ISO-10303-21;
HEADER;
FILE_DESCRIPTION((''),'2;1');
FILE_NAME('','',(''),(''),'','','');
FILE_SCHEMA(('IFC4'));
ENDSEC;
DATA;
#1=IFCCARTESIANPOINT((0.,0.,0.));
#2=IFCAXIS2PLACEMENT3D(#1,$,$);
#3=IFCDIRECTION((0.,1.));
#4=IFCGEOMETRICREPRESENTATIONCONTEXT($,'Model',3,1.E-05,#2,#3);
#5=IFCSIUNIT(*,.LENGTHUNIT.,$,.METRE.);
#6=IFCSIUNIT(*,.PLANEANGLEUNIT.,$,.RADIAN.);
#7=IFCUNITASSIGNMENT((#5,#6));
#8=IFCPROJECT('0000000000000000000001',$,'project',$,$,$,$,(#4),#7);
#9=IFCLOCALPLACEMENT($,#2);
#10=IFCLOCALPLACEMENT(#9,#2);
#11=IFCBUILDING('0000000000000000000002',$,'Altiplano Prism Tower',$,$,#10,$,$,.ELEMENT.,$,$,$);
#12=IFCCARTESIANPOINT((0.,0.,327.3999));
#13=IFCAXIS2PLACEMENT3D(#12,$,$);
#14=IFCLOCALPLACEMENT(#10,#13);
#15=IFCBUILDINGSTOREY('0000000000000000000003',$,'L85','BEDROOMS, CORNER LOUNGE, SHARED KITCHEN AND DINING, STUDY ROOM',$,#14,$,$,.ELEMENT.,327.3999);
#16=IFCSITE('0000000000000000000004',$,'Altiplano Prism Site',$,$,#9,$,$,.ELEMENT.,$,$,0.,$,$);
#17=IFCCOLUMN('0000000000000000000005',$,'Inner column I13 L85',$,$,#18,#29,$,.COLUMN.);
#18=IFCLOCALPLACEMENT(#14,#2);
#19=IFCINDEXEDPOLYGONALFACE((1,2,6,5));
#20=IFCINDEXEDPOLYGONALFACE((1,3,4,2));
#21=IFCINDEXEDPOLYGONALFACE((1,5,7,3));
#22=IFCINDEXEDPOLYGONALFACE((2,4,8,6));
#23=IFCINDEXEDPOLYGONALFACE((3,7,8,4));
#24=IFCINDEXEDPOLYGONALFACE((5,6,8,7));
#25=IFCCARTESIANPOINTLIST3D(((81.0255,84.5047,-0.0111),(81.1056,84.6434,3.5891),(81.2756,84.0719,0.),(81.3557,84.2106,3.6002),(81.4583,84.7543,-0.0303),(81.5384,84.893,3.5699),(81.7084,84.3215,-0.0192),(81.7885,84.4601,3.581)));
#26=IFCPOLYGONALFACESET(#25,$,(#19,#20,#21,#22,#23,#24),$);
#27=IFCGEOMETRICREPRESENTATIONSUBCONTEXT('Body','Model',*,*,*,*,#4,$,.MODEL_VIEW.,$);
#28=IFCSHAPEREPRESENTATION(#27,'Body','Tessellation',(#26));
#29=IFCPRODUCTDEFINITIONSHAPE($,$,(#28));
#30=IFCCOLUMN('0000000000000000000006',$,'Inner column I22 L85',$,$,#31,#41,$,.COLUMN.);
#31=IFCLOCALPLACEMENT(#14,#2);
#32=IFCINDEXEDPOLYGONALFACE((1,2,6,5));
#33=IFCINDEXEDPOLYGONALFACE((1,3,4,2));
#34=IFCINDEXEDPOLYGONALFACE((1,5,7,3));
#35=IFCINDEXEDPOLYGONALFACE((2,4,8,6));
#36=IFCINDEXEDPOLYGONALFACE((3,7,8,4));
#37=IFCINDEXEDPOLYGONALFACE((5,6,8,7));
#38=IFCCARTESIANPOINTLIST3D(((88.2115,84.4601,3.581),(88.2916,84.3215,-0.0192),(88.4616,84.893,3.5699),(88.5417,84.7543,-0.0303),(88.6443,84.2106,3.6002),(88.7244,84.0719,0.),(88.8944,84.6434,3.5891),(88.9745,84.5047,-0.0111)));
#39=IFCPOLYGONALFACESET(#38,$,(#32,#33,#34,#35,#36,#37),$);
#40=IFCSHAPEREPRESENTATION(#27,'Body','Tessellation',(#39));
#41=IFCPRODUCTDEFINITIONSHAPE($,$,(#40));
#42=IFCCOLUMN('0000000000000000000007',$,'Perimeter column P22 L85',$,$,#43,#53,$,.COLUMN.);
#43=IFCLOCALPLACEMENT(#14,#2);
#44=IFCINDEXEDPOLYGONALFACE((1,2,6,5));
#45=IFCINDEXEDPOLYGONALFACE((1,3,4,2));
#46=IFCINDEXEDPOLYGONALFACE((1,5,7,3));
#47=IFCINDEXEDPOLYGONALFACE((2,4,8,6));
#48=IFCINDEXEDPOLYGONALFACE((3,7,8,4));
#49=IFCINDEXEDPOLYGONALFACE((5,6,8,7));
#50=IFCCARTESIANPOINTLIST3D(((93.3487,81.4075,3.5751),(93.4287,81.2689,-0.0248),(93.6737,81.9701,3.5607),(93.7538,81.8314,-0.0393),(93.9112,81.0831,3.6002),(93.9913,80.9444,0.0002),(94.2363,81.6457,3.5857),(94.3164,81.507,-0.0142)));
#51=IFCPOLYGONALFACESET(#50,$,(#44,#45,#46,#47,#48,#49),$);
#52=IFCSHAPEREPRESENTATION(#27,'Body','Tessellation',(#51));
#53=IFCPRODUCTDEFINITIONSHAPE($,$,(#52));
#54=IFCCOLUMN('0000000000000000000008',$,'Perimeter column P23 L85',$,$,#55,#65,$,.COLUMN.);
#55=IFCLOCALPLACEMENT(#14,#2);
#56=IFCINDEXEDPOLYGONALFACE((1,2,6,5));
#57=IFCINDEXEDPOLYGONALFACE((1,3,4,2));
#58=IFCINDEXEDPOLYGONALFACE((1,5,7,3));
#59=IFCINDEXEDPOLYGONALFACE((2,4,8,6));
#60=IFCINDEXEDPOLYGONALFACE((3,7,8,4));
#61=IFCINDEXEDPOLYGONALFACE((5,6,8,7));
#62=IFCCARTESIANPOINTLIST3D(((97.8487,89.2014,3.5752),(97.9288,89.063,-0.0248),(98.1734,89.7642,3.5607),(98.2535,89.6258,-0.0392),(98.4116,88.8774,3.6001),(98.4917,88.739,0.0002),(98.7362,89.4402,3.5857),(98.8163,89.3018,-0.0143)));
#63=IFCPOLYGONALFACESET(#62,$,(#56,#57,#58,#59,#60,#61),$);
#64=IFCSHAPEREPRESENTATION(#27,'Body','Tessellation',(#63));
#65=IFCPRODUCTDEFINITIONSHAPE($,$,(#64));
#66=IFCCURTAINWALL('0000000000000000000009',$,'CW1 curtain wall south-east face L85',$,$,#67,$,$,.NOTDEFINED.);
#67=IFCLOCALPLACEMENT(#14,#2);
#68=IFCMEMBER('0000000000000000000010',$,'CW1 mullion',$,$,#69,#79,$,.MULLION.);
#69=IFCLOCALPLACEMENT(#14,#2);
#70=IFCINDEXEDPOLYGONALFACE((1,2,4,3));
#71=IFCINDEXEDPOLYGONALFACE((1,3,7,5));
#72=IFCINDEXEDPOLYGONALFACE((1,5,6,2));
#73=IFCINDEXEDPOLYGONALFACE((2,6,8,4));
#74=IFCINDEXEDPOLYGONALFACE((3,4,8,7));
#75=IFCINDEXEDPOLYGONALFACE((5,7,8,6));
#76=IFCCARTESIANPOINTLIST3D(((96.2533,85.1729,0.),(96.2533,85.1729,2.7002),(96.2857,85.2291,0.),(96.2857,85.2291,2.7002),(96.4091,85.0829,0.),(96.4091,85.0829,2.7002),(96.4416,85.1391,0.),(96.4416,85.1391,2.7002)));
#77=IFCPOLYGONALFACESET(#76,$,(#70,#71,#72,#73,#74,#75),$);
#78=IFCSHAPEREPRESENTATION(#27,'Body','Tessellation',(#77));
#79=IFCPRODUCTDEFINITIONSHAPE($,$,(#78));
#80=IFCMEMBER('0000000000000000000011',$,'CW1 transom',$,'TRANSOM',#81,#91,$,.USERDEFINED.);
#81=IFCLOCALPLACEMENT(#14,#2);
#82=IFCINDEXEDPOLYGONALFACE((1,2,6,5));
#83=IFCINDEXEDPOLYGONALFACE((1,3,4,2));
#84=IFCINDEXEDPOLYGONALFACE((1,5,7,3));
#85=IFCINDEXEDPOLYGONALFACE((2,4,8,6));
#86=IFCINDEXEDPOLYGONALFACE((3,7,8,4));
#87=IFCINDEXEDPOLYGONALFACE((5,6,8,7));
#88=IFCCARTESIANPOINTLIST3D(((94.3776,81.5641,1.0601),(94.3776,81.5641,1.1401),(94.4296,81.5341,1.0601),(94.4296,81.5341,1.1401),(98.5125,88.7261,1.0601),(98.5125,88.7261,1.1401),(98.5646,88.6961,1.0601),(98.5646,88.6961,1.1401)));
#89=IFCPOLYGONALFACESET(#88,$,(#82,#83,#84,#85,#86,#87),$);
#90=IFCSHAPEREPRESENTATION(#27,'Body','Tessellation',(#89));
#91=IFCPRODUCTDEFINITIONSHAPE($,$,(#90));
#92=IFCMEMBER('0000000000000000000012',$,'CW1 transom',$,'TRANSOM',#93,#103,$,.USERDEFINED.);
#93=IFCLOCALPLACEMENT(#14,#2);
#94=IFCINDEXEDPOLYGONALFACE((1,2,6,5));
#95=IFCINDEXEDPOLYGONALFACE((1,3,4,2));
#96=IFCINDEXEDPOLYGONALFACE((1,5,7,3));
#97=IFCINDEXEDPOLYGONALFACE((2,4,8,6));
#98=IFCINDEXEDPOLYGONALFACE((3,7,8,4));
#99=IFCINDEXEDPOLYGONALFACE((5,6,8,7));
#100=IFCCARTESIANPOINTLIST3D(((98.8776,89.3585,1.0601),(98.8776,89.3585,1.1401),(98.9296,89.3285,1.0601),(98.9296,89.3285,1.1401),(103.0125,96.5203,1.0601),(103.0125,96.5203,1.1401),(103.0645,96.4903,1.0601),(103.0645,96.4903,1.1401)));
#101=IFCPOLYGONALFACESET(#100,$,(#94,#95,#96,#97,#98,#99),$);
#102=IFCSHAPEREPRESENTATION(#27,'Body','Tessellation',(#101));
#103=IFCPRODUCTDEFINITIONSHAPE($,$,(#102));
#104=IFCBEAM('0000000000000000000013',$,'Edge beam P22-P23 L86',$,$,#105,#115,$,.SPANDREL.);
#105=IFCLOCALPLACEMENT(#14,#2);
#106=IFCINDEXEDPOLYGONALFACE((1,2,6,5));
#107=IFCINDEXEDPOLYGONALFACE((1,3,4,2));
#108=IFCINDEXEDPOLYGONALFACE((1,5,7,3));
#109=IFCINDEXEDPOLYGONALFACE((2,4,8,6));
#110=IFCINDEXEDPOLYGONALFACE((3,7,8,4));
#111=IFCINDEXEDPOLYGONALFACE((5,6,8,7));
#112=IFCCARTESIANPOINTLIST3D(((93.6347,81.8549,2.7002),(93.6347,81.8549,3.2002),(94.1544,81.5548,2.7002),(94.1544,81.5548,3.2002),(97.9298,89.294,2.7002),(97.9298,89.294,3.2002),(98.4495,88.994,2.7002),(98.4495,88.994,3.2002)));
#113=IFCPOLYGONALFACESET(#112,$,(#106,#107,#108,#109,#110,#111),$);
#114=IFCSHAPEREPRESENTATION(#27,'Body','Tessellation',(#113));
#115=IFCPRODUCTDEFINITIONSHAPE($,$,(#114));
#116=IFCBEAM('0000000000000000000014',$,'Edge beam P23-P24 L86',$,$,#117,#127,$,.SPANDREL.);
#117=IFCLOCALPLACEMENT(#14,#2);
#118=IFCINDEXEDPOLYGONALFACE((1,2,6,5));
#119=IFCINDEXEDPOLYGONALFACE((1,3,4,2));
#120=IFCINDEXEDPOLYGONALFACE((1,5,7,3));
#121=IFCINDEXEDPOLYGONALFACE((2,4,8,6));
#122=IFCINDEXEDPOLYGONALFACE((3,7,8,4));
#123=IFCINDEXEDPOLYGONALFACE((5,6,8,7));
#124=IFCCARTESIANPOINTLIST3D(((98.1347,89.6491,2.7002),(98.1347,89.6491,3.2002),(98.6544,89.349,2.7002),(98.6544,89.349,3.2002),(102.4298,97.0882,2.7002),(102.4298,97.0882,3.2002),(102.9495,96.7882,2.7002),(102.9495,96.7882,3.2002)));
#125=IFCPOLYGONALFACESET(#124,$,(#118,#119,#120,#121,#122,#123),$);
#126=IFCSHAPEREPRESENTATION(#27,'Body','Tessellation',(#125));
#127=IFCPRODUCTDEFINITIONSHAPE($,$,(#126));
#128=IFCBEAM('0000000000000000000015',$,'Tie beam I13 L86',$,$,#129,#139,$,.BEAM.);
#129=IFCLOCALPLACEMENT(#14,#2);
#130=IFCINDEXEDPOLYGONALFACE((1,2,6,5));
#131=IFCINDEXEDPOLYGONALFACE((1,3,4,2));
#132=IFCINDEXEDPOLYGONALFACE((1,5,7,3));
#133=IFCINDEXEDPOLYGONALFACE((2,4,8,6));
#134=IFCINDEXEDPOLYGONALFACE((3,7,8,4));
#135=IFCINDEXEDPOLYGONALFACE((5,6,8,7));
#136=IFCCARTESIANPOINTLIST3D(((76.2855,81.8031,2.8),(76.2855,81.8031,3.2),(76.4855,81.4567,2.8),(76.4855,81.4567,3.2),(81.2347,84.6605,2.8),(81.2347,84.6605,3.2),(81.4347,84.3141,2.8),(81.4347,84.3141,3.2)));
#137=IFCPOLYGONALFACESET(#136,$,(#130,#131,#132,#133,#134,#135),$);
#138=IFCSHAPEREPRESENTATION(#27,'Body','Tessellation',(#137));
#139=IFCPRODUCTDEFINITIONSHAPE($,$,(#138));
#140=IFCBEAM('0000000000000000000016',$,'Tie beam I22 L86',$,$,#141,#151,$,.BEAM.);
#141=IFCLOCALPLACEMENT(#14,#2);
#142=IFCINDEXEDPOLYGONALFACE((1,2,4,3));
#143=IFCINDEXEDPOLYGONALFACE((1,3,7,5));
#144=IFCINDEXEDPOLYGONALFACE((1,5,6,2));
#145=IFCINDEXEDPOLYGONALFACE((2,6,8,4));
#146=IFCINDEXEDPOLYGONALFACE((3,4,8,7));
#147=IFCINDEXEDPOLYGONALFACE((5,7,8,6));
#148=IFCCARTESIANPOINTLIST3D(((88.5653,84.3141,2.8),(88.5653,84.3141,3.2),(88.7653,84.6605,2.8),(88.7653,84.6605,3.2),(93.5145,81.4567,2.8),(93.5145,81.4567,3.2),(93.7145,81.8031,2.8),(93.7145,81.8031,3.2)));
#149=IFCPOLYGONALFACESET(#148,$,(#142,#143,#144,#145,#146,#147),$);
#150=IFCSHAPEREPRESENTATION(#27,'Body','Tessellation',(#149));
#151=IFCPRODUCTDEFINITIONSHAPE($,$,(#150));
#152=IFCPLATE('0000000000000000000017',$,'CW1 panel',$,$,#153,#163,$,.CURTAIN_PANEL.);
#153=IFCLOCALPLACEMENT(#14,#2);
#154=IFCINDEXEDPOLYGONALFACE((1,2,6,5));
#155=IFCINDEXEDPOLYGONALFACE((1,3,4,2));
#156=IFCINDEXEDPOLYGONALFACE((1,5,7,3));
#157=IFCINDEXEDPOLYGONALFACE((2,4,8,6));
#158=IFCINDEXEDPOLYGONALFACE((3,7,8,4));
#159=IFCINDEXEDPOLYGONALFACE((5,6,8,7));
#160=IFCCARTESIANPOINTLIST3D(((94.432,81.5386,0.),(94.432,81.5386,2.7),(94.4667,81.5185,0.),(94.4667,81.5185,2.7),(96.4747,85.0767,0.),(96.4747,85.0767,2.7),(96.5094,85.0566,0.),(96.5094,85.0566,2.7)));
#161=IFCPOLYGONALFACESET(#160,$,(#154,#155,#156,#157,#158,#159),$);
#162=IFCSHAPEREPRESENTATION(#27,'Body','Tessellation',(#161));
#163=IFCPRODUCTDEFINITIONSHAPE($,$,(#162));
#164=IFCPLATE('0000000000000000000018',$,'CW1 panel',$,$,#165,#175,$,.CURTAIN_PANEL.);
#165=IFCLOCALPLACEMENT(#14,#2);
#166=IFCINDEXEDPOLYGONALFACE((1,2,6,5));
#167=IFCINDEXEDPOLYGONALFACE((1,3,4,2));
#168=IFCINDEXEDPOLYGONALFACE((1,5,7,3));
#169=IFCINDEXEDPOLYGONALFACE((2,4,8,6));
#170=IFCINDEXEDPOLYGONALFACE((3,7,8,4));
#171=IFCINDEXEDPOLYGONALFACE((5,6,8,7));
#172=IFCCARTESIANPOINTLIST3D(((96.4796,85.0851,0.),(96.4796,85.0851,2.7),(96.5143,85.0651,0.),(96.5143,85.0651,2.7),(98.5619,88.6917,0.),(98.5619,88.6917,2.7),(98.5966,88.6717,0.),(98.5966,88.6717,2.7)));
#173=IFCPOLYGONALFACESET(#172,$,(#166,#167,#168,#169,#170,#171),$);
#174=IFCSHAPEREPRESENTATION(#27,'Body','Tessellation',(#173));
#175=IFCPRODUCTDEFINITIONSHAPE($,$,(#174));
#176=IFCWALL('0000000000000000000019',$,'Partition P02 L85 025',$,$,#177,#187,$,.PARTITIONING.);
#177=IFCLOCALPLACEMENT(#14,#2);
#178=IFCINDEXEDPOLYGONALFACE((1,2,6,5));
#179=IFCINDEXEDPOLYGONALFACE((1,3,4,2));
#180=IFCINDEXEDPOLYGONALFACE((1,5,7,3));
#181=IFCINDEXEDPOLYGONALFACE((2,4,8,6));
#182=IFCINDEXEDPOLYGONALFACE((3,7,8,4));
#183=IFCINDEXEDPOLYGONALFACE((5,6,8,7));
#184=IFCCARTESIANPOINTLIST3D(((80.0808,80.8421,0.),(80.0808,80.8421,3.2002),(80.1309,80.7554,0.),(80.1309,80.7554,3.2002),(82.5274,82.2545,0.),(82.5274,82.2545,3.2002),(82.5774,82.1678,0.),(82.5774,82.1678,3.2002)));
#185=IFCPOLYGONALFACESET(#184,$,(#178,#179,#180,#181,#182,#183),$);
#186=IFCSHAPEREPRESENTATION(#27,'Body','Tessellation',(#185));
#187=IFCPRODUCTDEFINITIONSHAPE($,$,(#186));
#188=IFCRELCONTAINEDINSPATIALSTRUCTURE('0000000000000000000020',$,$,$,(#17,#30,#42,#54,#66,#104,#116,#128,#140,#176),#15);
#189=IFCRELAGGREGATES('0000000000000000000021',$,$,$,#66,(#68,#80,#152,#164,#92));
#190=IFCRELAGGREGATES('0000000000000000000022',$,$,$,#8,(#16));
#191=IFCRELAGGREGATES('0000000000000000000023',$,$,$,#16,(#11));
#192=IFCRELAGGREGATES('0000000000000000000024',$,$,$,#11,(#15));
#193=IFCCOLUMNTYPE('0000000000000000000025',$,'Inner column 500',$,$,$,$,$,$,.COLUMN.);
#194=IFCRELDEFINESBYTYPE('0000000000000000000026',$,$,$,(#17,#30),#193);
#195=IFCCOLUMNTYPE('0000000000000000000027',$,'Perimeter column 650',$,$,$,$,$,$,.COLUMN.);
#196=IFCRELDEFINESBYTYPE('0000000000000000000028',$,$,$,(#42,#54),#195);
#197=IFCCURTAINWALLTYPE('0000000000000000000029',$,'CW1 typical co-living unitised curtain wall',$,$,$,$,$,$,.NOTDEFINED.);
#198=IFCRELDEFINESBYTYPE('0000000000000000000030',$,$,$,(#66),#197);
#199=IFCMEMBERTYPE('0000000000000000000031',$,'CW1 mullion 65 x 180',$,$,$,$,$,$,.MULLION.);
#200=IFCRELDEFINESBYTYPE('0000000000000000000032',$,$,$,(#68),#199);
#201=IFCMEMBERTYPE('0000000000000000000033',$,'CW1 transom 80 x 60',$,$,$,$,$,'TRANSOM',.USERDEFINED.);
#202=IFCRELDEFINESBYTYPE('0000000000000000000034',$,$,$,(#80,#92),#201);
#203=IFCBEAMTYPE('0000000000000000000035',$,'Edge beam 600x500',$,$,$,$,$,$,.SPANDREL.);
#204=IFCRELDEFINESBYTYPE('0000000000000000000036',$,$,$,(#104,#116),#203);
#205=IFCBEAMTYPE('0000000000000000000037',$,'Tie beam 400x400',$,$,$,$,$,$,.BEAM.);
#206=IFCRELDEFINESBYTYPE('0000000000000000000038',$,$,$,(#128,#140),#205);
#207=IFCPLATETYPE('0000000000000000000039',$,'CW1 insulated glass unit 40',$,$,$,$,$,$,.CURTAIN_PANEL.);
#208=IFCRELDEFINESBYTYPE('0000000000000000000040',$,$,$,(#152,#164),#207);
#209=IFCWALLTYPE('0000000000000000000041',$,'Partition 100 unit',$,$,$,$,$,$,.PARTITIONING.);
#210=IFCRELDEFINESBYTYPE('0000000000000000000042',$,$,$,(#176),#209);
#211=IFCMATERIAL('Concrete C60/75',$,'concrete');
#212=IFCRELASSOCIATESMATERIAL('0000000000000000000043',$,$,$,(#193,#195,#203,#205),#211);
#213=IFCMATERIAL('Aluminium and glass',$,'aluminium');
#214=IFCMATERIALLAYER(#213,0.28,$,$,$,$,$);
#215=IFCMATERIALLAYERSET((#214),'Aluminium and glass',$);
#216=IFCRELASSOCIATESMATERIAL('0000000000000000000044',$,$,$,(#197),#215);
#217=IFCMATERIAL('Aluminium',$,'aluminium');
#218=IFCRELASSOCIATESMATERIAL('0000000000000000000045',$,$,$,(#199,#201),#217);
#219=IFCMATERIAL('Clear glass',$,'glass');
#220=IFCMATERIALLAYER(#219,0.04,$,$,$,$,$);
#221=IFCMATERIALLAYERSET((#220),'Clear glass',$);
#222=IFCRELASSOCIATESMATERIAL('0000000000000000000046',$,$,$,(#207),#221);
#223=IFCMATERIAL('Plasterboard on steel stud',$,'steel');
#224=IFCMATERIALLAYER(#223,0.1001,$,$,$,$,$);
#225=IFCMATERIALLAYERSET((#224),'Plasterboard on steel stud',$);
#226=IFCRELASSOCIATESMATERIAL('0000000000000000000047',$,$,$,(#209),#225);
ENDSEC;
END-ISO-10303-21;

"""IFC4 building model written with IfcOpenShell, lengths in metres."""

from ifc_helpers import new_model, si_unit, direction, frame, frame_2d, origin, origin_2d, place, context, subcontext, project, spatial, rectangle, extrude, material, layer, layer_set, material_profile, profile_set, type_object, element, aggregate, save


model = new_model("IFC4")

# Units and contexts
model_context = context("Model", 3, precision=1e-05, world=origin(), true_north=direction((0.0, 1.0)))
body_context = subcontext(model_context, "Body", "Model", "MODEL_VIEW")
ifc_project = project(units=[si_unit("LENGTHUNIT", "METRE"), si_unit("PLANEANGLEUNIT", "RADIAN")], contexts=[model_context])

# Site, building, storey
site_placement = place(None, origin())
site = spatial("IfcSite", under=ifc_project, at=site_placement, Name="Altiplano Prism Site", CompositionType="ELEMENT", RefElevation=0.0)
building_placement = place(site_placement, origin())
building = spatial("IfcBuilding", under=site, at=building_placement, Name="Altiplano Prism Tower", CompositionType="ELEMENT")
storey_placement = place(building_placement, frame((0.0, 0.0, 327.3999)))
storey = spatial("IfcBuildingStorey", under=building, at=storey_placement, Name="L85", Description="BEDROOMS, CORNER LOUNGE, SHARED KITCHEN AND DINING, STUDY ROOM", CompositionType="ELEMENT", Elevation=327.3999)

# Columns
ifc_material_1 = material(Name="Concrete C60/75", Category="concrete")
ifc_material_profile_1 = material_profile(ifc_material_1, rectangle(XDim=0.5, YDim=0.5, at=origin_2d()), Name="Inner column 500")
ifc_profile_set_1 = profile_set([ifc_material_profile_1], Name="Concrete C60/75")
column_type_1 = type_object("IfcColumnType", Name="Inner column 500", PredefinedType="COLUMN", material=ifc_profile_set_1)
for number, where, z_axis, x_axis, name in (
    (1, (81.3669, 84.4131, -0.0151), (0.022221, 0.038481, 0.999012), (-0.865639, -0.499187, 0.038483), "Inner column I13 L85"),
    (2, (88.6331, 84.4131, -0.0151), (-0.022221, 0.038481, 0.999012), (-0.500175, -0.865639, 0.022218), "Inner column I22 L85"),
):
    element("IfcColumn", number, at=place(storey_placement, frame(where, z_axis=z_axis, x_axis=x_axis)), inside=storey, type_object=column_type_1, Name=name, PredefinedType="COLUMN", context=body_context, shape_type="SweptSolid", body=[
        extrude(rectangle(XDim=0.5, YDim=0.5, at=origin_2d()), origin(), (0.0, 0.0, 1.0), 3.6038),
    ])
ifc_material_profile_2 = material_profile(ifc_material_1, rectangle(XDim=0.6499, YDim=0.6499, at=origin_2d()), Name="Perimeter column 650")
ifc_profile_set_2 = profile_set([ifc_material_profile_2], Name="Concrete C60/75")
column_type_2 = type_object("IfcColumnType", Name="Perimeter column 650", PredefinedType="COLUMN", material=ifc_profile_set_2)
for number, where, z_axis, x_axis, name in (
    (3, (93.8726, 81.3879, -0.0195), (-0.022223, 0.038483, 0.999012), (-0.500175, -0.865639, 0.022219), "Perimeter column P22 L85"),
    (4, (98.3726, 89.1824, -0.0195), (-0.022223, 0.038416, 0.999015), (-0.499508, -0.866025, 0.02219), "Perimeter column P23 L85"),
):
    element("IfcColumn", number, at=place(storey_placement, frame(where, z_axis=z_axis, x_axis=x_axis)), inside=storey, type_object=column_type_2, Name=name, PredefinedType="COLUMN", context=body_context, shape_type="SweptSolid", body=[
        extrude(rectangle(XDim=0.6499, YDim=0.6499, at=origin_2d()), origin(), (0.0, 0.0, 1.0), 3.6035),
    ])

# Curtain wall, members
ifc_material_2 = material(Name="Aluminium and glass", Category="aluminium")
ifc_layer_1 = layer(ifc_material_2, 0.28)
ifc_layer_set_1 = layer_set([ifc_layer_1], Name="Aluminium and glass")
curtain_wall_type = type_object("IfcCurtainWallType", Name="CW1 typical co-living unitised curtain wall", PredefinedType="NOTDEFINED", material=ifc_layer_set_1)
curtain_wall_placement = place(storey_placement, origin())
curtain_wall = element("IfcCurtainWall", 5, at=curtain_wall_placement, inside=storey, type_object=curtain_wall_type, Name="CW1 curtain wall south-east face L85", PredefinedType="NOTDEFINED")
ifc_material_3 = material(Name="Aluminium", Category="aluminium")
ifc_material_profile_3 = material_profile(ifc_material_3, rectangle(XDim=0.1799, YDim=0.0649, at=origin_2d()), Name="CW1 mullion 65 x 180")
ifc_profile_set_3 = profile_set([ifc_material_profile_3], Name="Aluminium")
member_type_1 = type_object("IfcMemberType", Name="CW1 mullion 65 x 180", PredefinedType="MULLION", material=ifc_profile_set_3)
member_1_placement = place(storey_placement, frame((96.3474, 85.156, 0.0), z_axis=(0.0, 0.0, 1.0), x_axis=(-0.866025, 0.5, 0.0)))
member_1 = element("IfcMember", 6, at=member_1_placement, type_object=member_type_1, Name="CW1 mullion", PredefinedType="MULLION", context=body_context, shape_type="SweptSolid", body=[
    extrude(rectangle(XDim=0.1799, YDim=0.0649, at=origin_2d()), origin(), (0.0, 0.0, 1.0), 2.7002),
])
ifc_material_profile_4 = material_profile(ifc_material_3, rectangle(XDim=0.0601, YDim=0.0801, at=origin_2d()), Name="CW1 transom 80 x 60")
ifc_profile_set_4 = profile_set([ifc_material_profile_4], Name="Aluminium")
member_type_2 = type_object("IfcMemberType", Name="CW1 transom 80 x 60", ElementType="TRANSOM", PredefinedType="USERDEFINED", material=ifc_profile_set_4)
member_2_placement = place(storey_placement, frame((94.4036, 81.5491, 1.1001), z_axis=(0.499997, 0.866027, 0.0), x_axis=(-0.866027, 0.499997, 0.0)))
member_2 = element("IfcMember", 7, at=member_2_placement, type_object=member_type_2, Name="CW1 transom", ObjectType="TRANSOM", PredefinedType="USERDEFINED", context=body_context, shape_type="SweptSolid", body=[
    extrude(rectangle(XDim=0.0601, YDim=0.0801, at=origin_2d()), origin(), (0.0, 0.0, 1.0), 8.27),
])
member_3_placement = place(storey_placement, frame((98.9036, 89.3435, 1.1001), z_axis=(0.50001, 0.86602, 0.0), x_axis=(-0.86602, 0.50001, 0.0)))
member_3 = element("IfcMember", 8, at=member_3_placement, type_object=member_type_2, Name="CW1 transom", ObjectType="TRANSOM", PredefinedType="USERDEFINED", context=body_context, shape_type="SweptSolid", body=[
    extrude(rectangle(XDim=0.0601, YDim=0.0801, at=origin_2d()), origin(), (0.0, 0.0, 1.0), 8.2698),
])

# Beams
ifc_material_profile_5 = material_profile(ifc_material_1, rectangle(XDim=0.6001, YDim=0.5, at=origin_2d()), Name="Edge beam 600x500")
ifc_profile_set_5 = profile_set([ifc_material_profile_5], Name="Concrete C60/75")
beam_type_1 = type_object("IfcBeamType", Name="Edge beam 600x500", PredefinedType="SPANDREL", material=ifc_profile_set_5)
for number, where, z_axis, x_axis, name in (
    (9, (93.8945, 81.7048, 2.9502), (0.500012, 0.866019, 0.0), (-0.866019, 0.500012, 0.0), "Edge beam P22-P23 L86"),
    (10, (98.3945, 89.499, 2.9502), (0.500012, 0.866019, 0.0), (-0.866019, 0.500012, 0.0), "Edge beam P23-P24 L86"),
):
    element("IfcBeam", number, at=place(storey_placement, frame(where, z_axis=z_axis, x_axis=x_axis)), inside=storey, type_object=beam_type_1, Name=name, PredefinedType="SPANDREL", context=body_context, shape_type="SweptSolid", body=[
        extrude(rectangle(XDim=0.6001, YDim=0.5, at=origin_2d()), origin(), (0.0, 0.0, 1.0), 8.5901),
    ])
ifc_material_profile_6 = material_profile(ifc_material_1, rectangle(XDim=0.3999, YDim=0.3999, at=origin_2d()), Name="Tie beam 400x400")
ifc_profile_set_6 = profile_set([ifc_material_profile_6], Name="Concrete C60/75")
beam_type_2 = type_object("IfcBeamType", Name="Tie beam 400x400", PredefinedType="BEAM", material=ifc_profile_set_6)
for number, where, z_axis, x_axis, name in (
    (11, (81.3347, 84.4873, 3.0), (-0.866026, -0.499999, 0.0), (0.499999, -0.866026, 0.0), "Tie beam I13 L86"),
    (12, (88.6653, 84.4873, 3.0), (0.866026, -0.499999, 0.0), (0.499999, 0.866026, 0.0), "Tie beam I22 L86"),
):
    element("IfcBeam", number, at=place(storey_placement, frame(where, z_axis=z_axis, x_axis=x_axis)), inside=storey, type_object=beam_type_2, Name=name, PredefinedType="BEAM", context=body_context, shape_type="SweptSolid", body=[
        extrude(rectangle(XDim=0.3999, YDim=0.3999, at=origin_2d()), origin(), (0.0, 0.0, 1.0), 5.7148),
    ])

# Plates
ifc_material_4 = material(Name="Clear glass", Category="glass")
ifc_layer_2 = layer(ifc_material_4, 0.04)
ifc_layer_set_2 = layer_set([ifc_layer_2], Name="Clear glass")
plate_type = type_object("IfcPlateType", Name="CW1 insulated glass unit 40", PredefinedType="CURTAIN_PANEL", material=ifc_layer_set_2)
plate_1_placement = place(storey_placement, frame((95.4707, 83.2976, 0.0), z_axis=(0.0, 0.0, 1.0), x_axis=(0.5, 0.866025, 0.0)))
plate_1 = element("IfcPlate", 13, at=plate_1_placement, type_object=plate_type, Name="CW1 panel", PredefinedType="CURTAIN_PANEL", context=body_context, shape_type="SweptSolid", body=[
    extrude(rectangle(XDim=4.0854, YDim=0.04, at=origin_2d()), origin(), (0.0, 0.0, 1.0), 2.7),
])
plate_2_placement = place(storey_placement, frame((97.5381, 86.8784, 0.0), z_axis=(0.0, 0.0, 1.0), x_axis=(0.5, 0.866025, 0.0)))
plate_2 = element("IfcPlate", 14, at=plate_2_placement, type_object=plate_type, Name="CW1 panel", PredefinedType="CURTAIN_PANEL", context=body_context, shape_type="SweptSolid", body=[
    extrude(rectangle(XDim=4.1646, YDim=0.04, at=origin_2d()), origin(), (0.0, 0.0, 1.0), 2.7),
])
aggregate(curtain_wall, [member_1, member_2, plate_1, plate_2, member_3])

# Wall
ifc_material_5 = material(Name="Plasterboard on steel stud", Category="steel")
ifc_layer_3 = layer(ifc_material_5, 0.1001)
ifc_layer_set_3 = layer_set([ifc_layer_3], Name="Plasterboard on steel stud")
wall_type_1 = type_object("IfcWallType", Name="Partition 100 unit", PredefinedType="PARTITIONING", material=ifc_layer_set_3)
wall_1_placement = place(storey_placement, frame((82.5525, 82.2112, 0.0), z_axis=(0.0, 0.0, 1.0), x_axis=(-0.866049, -0.499959, 0.0)))
element("IfcWall", 15, at=wall_1_placement, inside=storey, type_object=wall_type_1, Name="Partition P02 L85 025", PredefinedType="PARTITIONING", context=body_context, shape_type="SweptSolid", body=[
    extrude(rectangle(XDim=2.825, YDim=0.1001, at=frame_2d((1.4126, 0.0))), origin(), (0.0, 0.0, 1.0), 3.2002),
])

save(model, "model.ifc")
